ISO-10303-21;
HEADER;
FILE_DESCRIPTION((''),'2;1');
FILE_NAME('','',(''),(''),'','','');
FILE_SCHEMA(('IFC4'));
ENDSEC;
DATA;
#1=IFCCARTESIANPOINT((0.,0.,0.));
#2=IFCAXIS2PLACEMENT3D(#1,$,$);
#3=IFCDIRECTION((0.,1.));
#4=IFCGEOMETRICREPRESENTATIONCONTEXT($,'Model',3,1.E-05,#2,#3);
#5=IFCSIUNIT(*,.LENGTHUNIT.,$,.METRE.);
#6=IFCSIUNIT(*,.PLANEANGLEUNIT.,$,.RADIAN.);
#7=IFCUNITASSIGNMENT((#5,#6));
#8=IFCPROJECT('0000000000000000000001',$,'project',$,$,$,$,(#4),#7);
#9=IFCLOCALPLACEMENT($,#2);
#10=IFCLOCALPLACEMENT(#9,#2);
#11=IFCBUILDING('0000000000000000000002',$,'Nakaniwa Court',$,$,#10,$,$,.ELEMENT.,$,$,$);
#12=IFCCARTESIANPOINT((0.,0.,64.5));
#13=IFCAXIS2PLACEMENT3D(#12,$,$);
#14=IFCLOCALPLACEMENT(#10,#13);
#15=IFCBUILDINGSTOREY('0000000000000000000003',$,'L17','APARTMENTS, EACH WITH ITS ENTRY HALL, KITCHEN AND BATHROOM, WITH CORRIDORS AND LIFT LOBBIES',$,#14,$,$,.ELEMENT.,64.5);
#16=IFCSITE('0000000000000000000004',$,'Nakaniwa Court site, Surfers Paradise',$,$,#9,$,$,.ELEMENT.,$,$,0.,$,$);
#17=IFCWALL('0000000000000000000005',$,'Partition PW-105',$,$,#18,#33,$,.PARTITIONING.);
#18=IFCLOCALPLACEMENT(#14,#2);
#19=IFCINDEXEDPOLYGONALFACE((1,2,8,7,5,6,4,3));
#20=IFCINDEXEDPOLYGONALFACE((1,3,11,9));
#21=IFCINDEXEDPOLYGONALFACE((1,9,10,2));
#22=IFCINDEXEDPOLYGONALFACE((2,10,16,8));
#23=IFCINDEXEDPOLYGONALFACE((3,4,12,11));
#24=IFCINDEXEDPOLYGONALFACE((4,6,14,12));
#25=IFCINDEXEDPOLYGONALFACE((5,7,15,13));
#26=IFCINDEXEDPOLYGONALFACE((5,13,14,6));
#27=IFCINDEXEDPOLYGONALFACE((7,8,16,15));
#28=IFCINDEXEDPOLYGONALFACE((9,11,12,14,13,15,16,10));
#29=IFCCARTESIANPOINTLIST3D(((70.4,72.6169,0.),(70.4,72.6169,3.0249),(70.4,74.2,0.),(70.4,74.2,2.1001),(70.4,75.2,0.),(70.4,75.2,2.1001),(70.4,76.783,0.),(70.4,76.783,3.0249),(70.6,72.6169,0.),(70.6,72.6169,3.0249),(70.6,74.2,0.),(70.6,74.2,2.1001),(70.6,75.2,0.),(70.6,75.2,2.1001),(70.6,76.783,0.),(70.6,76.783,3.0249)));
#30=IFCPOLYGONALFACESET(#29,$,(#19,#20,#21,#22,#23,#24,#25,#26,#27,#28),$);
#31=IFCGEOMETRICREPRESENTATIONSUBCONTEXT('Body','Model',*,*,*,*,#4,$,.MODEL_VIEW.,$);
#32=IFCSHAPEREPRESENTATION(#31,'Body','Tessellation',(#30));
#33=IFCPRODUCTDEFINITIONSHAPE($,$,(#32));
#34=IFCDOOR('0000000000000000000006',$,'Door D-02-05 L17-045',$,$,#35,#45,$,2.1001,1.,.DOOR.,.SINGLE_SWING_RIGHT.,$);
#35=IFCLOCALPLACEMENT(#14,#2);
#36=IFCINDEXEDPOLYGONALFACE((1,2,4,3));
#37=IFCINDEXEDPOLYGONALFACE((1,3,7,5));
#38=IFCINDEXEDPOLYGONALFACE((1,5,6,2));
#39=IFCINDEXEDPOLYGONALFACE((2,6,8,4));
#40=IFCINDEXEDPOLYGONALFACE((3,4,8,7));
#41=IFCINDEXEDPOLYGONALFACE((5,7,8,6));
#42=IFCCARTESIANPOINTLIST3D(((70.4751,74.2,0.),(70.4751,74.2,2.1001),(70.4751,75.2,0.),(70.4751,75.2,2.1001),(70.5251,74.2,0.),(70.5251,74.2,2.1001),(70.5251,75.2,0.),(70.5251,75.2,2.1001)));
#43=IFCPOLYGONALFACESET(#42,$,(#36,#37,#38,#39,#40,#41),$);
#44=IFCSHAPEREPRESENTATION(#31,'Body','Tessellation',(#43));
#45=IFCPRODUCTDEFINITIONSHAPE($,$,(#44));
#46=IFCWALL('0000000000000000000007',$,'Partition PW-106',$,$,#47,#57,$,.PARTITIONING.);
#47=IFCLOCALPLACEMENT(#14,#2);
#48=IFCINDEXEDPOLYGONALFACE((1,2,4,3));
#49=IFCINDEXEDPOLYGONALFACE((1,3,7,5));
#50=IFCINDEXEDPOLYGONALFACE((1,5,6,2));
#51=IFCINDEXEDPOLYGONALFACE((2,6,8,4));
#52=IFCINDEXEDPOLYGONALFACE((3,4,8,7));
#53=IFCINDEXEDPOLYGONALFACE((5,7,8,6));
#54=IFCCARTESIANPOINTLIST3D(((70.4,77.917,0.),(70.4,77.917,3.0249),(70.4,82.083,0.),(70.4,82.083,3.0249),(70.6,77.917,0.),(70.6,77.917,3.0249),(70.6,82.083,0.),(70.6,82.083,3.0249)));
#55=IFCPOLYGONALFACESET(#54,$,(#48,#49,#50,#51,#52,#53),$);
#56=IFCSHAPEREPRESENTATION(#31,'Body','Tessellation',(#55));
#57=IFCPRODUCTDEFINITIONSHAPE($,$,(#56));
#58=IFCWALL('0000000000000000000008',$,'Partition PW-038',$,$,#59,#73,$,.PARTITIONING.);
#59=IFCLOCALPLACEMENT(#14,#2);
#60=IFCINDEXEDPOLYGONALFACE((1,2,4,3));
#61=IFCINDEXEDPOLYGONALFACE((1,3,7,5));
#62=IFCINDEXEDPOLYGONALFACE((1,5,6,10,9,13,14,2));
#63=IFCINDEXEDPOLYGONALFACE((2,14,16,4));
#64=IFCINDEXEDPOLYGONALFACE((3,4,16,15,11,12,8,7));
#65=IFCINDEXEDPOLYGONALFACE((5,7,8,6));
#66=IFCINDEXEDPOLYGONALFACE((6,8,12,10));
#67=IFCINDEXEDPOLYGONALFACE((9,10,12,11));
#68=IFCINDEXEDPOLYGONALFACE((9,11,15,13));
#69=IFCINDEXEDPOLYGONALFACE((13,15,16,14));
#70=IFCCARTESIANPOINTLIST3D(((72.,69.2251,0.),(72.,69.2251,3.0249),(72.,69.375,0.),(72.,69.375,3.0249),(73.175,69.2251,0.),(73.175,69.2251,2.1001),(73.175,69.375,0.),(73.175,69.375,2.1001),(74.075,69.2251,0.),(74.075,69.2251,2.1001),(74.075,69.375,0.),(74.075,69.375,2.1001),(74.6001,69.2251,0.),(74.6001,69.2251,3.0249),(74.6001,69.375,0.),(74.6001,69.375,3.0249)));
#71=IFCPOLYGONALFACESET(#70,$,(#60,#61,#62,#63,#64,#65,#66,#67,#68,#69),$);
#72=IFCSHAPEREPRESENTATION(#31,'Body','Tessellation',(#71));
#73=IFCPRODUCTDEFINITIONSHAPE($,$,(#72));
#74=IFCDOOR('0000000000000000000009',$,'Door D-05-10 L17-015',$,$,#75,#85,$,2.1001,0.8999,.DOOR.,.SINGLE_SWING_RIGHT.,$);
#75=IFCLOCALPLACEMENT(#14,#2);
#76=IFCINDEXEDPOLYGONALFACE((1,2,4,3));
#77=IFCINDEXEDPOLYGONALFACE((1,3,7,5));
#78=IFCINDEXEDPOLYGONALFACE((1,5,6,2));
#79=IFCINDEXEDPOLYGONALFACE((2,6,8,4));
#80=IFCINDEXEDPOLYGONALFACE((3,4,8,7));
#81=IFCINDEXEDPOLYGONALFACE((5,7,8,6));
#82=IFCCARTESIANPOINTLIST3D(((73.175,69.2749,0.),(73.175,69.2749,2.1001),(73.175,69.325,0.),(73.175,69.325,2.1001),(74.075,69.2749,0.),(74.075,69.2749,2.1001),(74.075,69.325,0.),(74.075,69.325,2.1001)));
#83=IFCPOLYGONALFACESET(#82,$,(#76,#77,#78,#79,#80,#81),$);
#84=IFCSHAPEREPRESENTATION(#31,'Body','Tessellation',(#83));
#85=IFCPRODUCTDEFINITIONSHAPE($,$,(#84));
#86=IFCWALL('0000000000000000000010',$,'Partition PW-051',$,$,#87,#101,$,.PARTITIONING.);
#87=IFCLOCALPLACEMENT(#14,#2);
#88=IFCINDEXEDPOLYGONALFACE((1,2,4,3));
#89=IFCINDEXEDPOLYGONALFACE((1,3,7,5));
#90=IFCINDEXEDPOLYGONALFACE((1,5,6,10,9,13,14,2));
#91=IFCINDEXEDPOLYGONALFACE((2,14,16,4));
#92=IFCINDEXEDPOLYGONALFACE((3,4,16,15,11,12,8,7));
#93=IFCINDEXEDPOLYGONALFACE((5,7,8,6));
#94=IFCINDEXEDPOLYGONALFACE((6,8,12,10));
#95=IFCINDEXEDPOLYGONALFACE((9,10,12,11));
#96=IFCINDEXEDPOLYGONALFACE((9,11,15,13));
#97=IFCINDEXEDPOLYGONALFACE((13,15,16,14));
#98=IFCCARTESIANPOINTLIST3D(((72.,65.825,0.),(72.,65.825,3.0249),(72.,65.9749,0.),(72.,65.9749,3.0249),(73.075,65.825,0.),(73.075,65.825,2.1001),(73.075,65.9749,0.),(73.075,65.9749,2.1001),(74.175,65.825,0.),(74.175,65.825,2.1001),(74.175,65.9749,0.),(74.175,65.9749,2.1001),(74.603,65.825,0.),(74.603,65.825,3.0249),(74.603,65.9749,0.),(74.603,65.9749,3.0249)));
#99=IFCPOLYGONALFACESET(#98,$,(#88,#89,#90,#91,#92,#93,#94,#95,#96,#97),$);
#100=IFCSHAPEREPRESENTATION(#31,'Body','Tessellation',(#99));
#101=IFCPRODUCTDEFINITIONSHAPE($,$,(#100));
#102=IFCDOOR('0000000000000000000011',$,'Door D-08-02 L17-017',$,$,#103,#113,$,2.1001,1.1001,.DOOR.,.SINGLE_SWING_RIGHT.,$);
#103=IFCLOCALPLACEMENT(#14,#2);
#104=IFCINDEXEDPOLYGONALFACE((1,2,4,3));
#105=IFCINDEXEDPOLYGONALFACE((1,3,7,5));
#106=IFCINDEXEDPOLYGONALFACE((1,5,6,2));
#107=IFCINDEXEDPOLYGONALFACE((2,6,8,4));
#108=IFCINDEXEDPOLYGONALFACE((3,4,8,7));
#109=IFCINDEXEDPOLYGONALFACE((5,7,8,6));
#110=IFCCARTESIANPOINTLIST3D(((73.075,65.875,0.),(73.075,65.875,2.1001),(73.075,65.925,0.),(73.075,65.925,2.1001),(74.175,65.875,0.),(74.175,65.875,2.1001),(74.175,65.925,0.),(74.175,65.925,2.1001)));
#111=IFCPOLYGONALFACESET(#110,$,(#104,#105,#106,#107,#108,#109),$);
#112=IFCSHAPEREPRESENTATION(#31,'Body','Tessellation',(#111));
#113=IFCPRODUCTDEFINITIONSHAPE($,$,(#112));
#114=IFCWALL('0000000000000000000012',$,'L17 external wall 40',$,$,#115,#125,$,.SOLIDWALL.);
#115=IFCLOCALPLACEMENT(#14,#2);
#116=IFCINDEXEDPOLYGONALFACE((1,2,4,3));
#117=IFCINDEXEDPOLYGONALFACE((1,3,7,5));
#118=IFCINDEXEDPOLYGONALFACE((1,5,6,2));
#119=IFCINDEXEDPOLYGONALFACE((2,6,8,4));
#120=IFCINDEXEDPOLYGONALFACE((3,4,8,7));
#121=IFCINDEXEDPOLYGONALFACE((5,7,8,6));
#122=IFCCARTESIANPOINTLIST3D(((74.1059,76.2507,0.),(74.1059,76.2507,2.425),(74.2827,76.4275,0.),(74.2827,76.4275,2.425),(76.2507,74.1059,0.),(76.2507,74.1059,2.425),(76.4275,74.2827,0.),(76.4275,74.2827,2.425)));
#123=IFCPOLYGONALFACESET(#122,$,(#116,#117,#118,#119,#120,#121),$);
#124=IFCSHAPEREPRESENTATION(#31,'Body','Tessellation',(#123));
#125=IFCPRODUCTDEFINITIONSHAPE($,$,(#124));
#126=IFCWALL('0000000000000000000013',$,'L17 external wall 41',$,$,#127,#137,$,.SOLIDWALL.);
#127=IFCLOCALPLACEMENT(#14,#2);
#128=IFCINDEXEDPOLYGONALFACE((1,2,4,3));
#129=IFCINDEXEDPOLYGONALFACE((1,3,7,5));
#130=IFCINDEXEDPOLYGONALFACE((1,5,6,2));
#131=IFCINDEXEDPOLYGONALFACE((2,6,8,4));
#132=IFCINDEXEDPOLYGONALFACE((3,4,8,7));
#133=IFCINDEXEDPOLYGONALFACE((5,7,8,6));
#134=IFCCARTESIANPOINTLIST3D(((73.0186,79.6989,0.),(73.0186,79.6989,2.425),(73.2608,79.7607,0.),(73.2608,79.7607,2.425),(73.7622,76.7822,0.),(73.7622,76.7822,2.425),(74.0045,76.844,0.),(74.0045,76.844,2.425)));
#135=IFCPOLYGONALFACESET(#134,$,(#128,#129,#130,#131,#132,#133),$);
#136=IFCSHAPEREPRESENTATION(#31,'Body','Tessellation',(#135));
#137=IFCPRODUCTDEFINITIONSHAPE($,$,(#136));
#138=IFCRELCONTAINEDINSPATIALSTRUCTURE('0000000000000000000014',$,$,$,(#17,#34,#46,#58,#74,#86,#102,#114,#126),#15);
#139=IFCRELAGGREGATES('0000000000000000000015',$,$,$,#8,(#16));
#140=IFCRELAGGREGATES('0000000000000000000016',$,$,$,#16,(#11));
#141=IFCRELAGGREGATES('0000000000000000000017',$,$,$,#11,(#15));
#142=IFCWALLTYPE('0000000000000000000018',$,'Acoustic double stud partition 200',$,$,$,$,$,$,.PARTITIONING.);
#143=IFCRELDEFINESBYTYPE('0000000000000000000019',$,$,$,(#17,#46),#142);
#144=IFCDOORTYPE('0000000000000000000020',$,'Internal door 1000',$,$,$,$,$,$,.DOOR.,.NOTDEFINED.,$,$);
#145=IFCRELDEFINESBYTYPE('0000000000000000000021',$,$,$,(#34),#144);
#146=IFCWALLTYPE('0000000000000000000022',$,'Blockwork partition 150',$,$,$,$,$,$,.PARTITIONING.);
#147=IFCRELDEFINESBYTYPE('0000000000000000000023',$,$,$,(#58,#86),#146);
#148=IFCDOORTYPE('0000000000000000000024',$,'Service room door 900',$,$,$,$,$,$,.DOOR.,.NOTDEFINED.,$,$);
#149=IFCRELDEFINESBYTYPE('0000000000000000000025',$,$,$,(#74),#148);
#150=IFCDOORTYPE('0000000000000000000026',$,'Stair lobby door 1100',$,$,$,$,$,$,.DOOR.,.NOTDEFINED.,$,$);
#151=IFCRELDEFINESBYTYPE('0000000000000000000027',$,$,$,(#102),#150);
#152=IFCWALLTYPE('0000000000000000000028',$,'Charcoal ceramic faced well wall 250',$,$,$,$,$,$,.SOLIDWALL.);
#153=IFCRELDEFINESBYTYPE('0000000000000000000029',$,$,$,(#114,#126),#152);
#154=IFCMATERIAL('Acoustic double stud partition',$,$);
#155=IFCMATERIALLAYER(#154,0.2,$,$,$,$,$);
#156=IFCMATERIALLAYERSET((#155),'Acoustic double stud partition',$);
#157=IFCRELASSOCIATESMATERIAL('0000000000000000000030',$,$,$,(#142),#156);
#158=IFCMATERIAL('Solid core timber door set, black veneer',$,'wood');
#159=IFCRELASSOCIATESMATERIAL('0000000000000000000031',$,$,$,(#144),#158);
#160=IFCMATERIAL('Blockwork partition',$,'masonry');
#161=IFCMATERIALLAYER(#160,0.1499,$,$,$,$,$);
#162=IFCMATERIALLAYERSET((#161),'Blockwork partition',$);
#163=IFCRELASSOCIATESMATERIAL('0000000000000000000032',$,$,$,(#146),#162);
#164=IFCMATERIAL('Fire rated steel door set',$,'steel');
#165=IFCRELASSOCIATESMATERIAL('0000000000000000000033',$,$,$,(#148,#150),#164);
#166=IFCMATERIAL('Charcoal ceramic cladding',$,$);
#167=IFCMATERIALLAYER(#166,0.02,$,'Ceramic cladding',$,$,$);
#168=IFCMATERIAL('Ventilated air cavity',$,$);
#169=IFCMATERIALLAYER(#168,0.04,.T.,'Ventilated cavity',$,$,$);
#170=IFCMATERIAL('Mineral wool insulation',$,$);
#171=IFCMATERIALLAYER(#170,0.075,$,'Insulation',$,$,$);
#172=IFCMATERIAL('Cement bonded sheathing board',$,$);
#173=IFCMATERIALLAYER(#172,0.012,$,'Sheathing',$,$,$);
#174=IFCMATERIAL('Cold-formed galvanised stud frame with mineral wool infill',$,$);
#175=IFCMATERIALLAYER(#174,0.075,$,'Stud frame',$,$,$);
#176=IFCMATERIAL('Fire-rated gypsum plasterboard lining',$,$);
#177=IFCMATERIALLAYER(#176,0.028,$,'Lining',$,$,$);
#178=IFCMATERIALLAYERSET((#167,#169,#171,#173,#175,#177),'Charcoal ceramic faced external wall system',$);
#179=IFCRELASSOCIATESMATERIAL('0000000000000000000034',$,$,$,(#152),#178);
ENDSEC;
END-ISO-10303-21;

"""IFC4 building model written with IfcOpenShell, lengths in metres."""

from ifc_helpers import new_model, si_unit, direction, frame, frame_2d, origin, place, context, subcontext, project, spatial, rectangle, extrude, material, layer, layer_set, type_object, element, fill, save


model = new_model("IFC4")

# Units and contexts
model_context = context("Model", 3, precision=1e-05, world=origin(), true_north=direction((0.0, 1.0)))
body_context = subcontext(model_context, "Body", "Model", "MODEL_VIEW")
ifc_project = project(units=[si_unit("LENGTHUNIT", "METRE"), si_unit("PLANEANGLEUNIT", "RADIAN")], contexts=[model_context])

# Site, building, storey
site_placement = place(None, origin())
site = spatial("IfcSite", under=ifc_project, at=site_placement, Name="Nakaniwa Court site, Surfers Paradise", CompositionType="ELEMENT", RefElevation=0.0)
building_placement = place(site_placement, origin())
building = spatial("IfcBuilding", under=site, at=building_placement, Name="Nakaniwa Court", CompositionType="ELEMENT")
storey_placement = place(building_placement, frame((0.0, 0.0, 64.5)))
storey = spatial("IfcBuildingStorey", under=building, at=storey_placement, Name="L17", Description="APARTMENTS, EACH WITH ITS ENTRY HALL, KITCHEN AND BATHROOM, WITH CORRIDORS AND LIFT LOBBIES", CompositionType="ELEMENT", Elevation=64.5)

# Shared definitions
ifc_material_1 = material(Name="Acoustic double stud partition")
ifc_layer_1 = layer(ifc_material_1, 0.2)
ifc_layer_set_1 = layer_set([ifc_layer_1], Name="Acoustic double stud partition")
wall_type_1 = type_object("IfcWallType", Name="Acoustic double stud partition 200", PredefinedType="PARTITIONING", material=ifc_layer_set_1)

# Wall, opening, door
wall_1_placement = place(storey_placement, frame((70.5, 72.6169, 0.0), z_axis=(0.0, 0.0, 1.0), x_axis=(0.0, 1.0, 0.0)))
wall_1 = element("IfcWall", 1, at=wall_1_placement, inside=storey, type_object=wall_type_1, Name="Partition PW-105", PredefinedType="PARTITIONING", context=body_context, shape_type="SweptSolid", body=[
    extrude(rectangle(XDim=4.166, YDim=0.2, at=frame_2d((2.083, 0.0))), origin(), (0.0, 0.0, 1.0), 3.0249),
])
opening_1_placement = place(wall_1_placement, frame((1.583, 0.0, 0.0)))
opening_1 = element("IfcOpeningElement", 2, at=opening_1_placement, cuts=wall_1, PredefinedType="OPENING", context=body_context, shape_type="SweptSolid", body=[
    extrude(rectangle(XDim=1.0, YDim=2.1001, at=frame_2d((0.5, 1.05))), frame((0.0, 0.1099, 0.0), z_axis=(0.0, -1.0, 0.0), x_axis=(1.0, 0.0, 0.0)), (0.0, 0.0, 1.0), 0.22),
])
ifc_material_2 = material(Name="Solid core timber door set, black veneer", Category="wood")
door_type_1 = type_object("IfcDoorType", Name="Internal door 1000", OperationType="NOTDEFINED", PredefinedType="DOOR", material=ifc_material_2)
door_1_placement = place(opening_1_placement, origin())
door_1 = element("IfcDoor", 3, at=door_1_placement, inside=storey, type_object=door_type_1, Name="Door D-02-05 L17-045", OperationType="SINGLE_SWING_RIGHT", OverallHeight=2.1001, OverallWidth=1.0, PredefinedType="DOOR", context=body_context, shape_type="SweptSolid", body=[
    extrude(rectangle(XDim=1.0, YDim=2.1001, at=frame_2d((0.5, 1.05))), frame((0.0, 0.0249, 0.0), z_axis=(0.0, -1.0, 0.0), x_axis=(1.0, 0.0, 0.0)), (0.0, 0.0, 1.0), 0.05),
])
fill(opening_1, door_1)

# Wall
wall_2_placement = place(storey_placement, frame((70.5, 77.917, 0.0), z_axis=(0.0, 0.0, 1.0), x_axis=(0.0, 1.0, 0.0)))
element("IfcWall", 4, at=wall_2_placement, inside=storey, type_object=wall_type_1, Name="Partition PW-106", PredefinedType="PARTITIONING", context=body_context, shape_type="SweptSolid", body=[
    extrude(rectangle(XDim=4.166, YDim=0.2, at=frame_2d((2.083, 0.0))), origin(), (0.0, 0.0, 1.0), 3.0249),
])

# Walls, openings, doors
ifc_material_3 = material(Name="Blockwork partition", Category="masonry")
ifc_layer_2 = layer(ifc_material_3, 0.1499)
ifc_layer_set_2 = layer_set([ifc_layer_2], Name="Blockwork partition")
wall_type_2 = type_object("IfcWallType", Name="Blockwork partition 150", PredefinedType="PARTITIONING", material=ifc_layer_set_2)
wall_3_placement = place(storey_placement, frame((72.0, 69.3, 0.0), z_axis=(0.0, 0.0, 1.0), x_axis=(1.0, 0.0, 0.0)))
wall_3 = element("IfcWall", 5, at=wall_3_placement, inside=storey, type_object=wall_type_2, Name="Partition PW-038", PredefinedType="PARTITIONING", context=body_context, shape_type="SweptSolid", body=[
    extrude(rectangle(XDim=2.6001, YDim=0.1499, at=frame_2d((1.3, 0.0))), origin(), (0.0, 0.0, 1.0), 3.0249),
])
opening_2_placement = place(wall_3_placement, frame((1.175, 0.0, 0.0)))
opening_2 = element("IfcOpeningElement", 6, at=opening_2_placement, cuts=wall_3, PredefinedType="OPENING", context=body_context, shape_type="SweptSolid", body=[
    extrude(rectangle(XDim=0.8999, YDim=2.1001, at=frame_2d((0.45, 1.05))), frame((0.0, 0.085, 0.0), z_axis=(0.0, -1.0, 0.0), x_axis=(1.0, 0.0, 0.0)), (0.0, 0.0, 1.0), 0.1699),
])
ifc_material_4 = material(Name="Fire rated steel door set", Category="steel")
door_type_2 = type_object("IfcDoorType", Name="Service room door 900", OperationType="NOTDEFINED", PredefinedType="DOOR", material=ifc_material_4)
door_2_placement = place(opening_2_placement, origin())
door_2 = element("IfcDoor", 7, at=door_2_placement, inside=storey, type_object=door_type_2, Name="Door D-05-10 L17-015", OperationType="SINGLE_SWING_RIGHT", OverallHeight=2.1001, OverallWidth=0.8999, PredefinedType="DOOR", context=body_context, shape_type="SweptSolid", body=[
    extrude(rectangle(XDim=0.8999, YDim=2.1001, at=frame_2d((0.45, 1.05))), frame((0.0, 0.0249, 0.0), z_axis=(0.0, -1.0, 0.0), x_axis=(1.0, 0.0, 0.0)), (0.0, 0.0, 1.0), 0.05),
])
fill(opening_2, door_2)
wall_4_placement = place(storey_placement, frame((74.603, 65.8999, 0.0), z_axis=(0.0, 0.0, 1.0), x_axis=(-1.0, 0.0, 0.0)))
wall_4 = element("IfcWall", 8, at=wall_4_placement, inside=storey, type_object=wall_type_2, Name="Partition PW-051", PredefinedType="PARTITIONING", context=body_context, shape_type="SweptSolid", body=[
    extrude(rectangle(XDim=2.603, YDim=0.1499, at=frame_2d((1.3015, 0.0))), origin(), (0.0, 0.0, 1.0), 3.0249),
])
opening_3_placement = place(wall_4_placement, frame((0.428, 0.0, 0.0)))
opening_3 = element("IfcOpeningElement", 9, at=opening_3_placement, cuts=wall_4, PredefinedType="OPENING", context=body_context, shape_type="SweptSolid", body=[
    extrude(rectangle(XDim=1.1001, YDim=2.1001, at=frame_2d((0.55, 1.05))), frame((0.0, 0.085, 0.0), z_axis=(0.0, -1.0, 0.0), x_axis=(1.0, 0.0, 0.0)), (0.0, 0.0, 1.0), 0.1699),
])
door_type_3 = type_object("IfcDoorType", Name="Stair lobby door 1100", OperationType="NOTDEFINED", PredefinedType="DOOR", material=ifc_material_4)
door_3_placement = place(opening_3_placement, origin())
door_3 = element("IfcDoor", 10, at=door_3_placement, inside=storey, type_object=door_type_3, Name="Door D-08-02 L17-017", OperationType="SINGLE_SWING_RIGHT", OverallHeight=2.1001, OverallWidth=1.1001, PredefinedType="DOOR", context=body_context, shape_type="SweptSolid", body=[
    extrude(rectangle(XDim=1.1001, YDim=2.1001, at=frame_2d((0.55, 1.05))), frame((0.0, 0.0249, 0.0), z_axis=(0.0, -1.0, 0.0), x_axis=(1.0, 0.0, 0.0)), (0.0, 0.0, 1.0), 0.05),
])
fill(opening_3, door_3)

# Walls
ifc_material_5 = material(Name="Charcoal ceramic cladding")
ifc_layer_3 = layer(ifc_material_5, 0.02, Name="Ceramic cladding")
ifc_material_6 = material(Name="Ventilated air cavity")
ifc_layer_4 = layer(ifc_material_6, 0.04, ventilated=True, Name="Ventilated cavity")
ifc_material_7 = material(Name="Mineral wool insulation")
ifc_layer_5 = layer(ifc_material_7, 0.075, Name="Insulation")
ifc_material_8 = material(Name="Cement bonded sheathing board")
ifc_layer_6 = layer(ifc_material_8, 0.012, Name="Sheathing")
ifc_material_9 = material(Name="Cold-formed galvanised stud frame with mineral wool infill")
ifc_layer_7 = layer(ifc_material_9, 0.075, Name="Stud frame")
ifc_material_10 = material(Name="Fire-rated gypsum plasterboard lining")
ifc_layer_8 = layer(ifc_material_10, 0.028, Name="Lining")
ifc_layer_set_3 = layer_set([ifc_layer_3, ifc_layer_4, ifc_layer_5, ifc_layer_6, ifc_layer_7, ifc_layer_8], Name="Charcoal ceramic faced external wall system")
wall_type_3 = type_object("IfcWallType", Name="Charcoal ceramic faced well wall 250", PredefinedType="SOLIDWALL", material=ifc_layer_set_3)
wall_5_placement = place(storey_placement, frame((76.3391, 74.1943, 0.0), z_axis=(0.0, 0.0, 1.0), x_axis=(-0.707107, 0.707107, 0.0)))
element("IfcWall", 11, at=wall_5_placement, inside=storey, type_object=wall_type_3, Name="L17 external wall 40", PredefinedType="SOLIDWALL", context=body_context, shape_type="SweptSolid", body=[
    extrude(rectangle(XDim=3.0332, YDim=0.25, at=frame_2d((1.5166, 0.0))), origin(), (0.0, 0.0, 1.0), 2.425),
])
wall_6_placement = place(storey_placement, frame((73.8833, 76.8132, 0.0), z_axis=(0.0, 0.0, 1.0), x_axis=(-0.247056, 0.969001, 0.0)))
element("IfcWall", 12, at=wall_6_placement, inside=storey, type_object=wall_type_3, Name="L17 external wall 41", PredefinedType="SOLIDWALL", context=body_context, shape_type="SweptSolid", body=[
    extrude(rectangle(XDim=3.01, YDim=0.25, at=frame_2d((1.5049, 0.0))), origin(), (0.0, 0.0, 1.0), 2.425),
])

save(model, "model.ifc")
